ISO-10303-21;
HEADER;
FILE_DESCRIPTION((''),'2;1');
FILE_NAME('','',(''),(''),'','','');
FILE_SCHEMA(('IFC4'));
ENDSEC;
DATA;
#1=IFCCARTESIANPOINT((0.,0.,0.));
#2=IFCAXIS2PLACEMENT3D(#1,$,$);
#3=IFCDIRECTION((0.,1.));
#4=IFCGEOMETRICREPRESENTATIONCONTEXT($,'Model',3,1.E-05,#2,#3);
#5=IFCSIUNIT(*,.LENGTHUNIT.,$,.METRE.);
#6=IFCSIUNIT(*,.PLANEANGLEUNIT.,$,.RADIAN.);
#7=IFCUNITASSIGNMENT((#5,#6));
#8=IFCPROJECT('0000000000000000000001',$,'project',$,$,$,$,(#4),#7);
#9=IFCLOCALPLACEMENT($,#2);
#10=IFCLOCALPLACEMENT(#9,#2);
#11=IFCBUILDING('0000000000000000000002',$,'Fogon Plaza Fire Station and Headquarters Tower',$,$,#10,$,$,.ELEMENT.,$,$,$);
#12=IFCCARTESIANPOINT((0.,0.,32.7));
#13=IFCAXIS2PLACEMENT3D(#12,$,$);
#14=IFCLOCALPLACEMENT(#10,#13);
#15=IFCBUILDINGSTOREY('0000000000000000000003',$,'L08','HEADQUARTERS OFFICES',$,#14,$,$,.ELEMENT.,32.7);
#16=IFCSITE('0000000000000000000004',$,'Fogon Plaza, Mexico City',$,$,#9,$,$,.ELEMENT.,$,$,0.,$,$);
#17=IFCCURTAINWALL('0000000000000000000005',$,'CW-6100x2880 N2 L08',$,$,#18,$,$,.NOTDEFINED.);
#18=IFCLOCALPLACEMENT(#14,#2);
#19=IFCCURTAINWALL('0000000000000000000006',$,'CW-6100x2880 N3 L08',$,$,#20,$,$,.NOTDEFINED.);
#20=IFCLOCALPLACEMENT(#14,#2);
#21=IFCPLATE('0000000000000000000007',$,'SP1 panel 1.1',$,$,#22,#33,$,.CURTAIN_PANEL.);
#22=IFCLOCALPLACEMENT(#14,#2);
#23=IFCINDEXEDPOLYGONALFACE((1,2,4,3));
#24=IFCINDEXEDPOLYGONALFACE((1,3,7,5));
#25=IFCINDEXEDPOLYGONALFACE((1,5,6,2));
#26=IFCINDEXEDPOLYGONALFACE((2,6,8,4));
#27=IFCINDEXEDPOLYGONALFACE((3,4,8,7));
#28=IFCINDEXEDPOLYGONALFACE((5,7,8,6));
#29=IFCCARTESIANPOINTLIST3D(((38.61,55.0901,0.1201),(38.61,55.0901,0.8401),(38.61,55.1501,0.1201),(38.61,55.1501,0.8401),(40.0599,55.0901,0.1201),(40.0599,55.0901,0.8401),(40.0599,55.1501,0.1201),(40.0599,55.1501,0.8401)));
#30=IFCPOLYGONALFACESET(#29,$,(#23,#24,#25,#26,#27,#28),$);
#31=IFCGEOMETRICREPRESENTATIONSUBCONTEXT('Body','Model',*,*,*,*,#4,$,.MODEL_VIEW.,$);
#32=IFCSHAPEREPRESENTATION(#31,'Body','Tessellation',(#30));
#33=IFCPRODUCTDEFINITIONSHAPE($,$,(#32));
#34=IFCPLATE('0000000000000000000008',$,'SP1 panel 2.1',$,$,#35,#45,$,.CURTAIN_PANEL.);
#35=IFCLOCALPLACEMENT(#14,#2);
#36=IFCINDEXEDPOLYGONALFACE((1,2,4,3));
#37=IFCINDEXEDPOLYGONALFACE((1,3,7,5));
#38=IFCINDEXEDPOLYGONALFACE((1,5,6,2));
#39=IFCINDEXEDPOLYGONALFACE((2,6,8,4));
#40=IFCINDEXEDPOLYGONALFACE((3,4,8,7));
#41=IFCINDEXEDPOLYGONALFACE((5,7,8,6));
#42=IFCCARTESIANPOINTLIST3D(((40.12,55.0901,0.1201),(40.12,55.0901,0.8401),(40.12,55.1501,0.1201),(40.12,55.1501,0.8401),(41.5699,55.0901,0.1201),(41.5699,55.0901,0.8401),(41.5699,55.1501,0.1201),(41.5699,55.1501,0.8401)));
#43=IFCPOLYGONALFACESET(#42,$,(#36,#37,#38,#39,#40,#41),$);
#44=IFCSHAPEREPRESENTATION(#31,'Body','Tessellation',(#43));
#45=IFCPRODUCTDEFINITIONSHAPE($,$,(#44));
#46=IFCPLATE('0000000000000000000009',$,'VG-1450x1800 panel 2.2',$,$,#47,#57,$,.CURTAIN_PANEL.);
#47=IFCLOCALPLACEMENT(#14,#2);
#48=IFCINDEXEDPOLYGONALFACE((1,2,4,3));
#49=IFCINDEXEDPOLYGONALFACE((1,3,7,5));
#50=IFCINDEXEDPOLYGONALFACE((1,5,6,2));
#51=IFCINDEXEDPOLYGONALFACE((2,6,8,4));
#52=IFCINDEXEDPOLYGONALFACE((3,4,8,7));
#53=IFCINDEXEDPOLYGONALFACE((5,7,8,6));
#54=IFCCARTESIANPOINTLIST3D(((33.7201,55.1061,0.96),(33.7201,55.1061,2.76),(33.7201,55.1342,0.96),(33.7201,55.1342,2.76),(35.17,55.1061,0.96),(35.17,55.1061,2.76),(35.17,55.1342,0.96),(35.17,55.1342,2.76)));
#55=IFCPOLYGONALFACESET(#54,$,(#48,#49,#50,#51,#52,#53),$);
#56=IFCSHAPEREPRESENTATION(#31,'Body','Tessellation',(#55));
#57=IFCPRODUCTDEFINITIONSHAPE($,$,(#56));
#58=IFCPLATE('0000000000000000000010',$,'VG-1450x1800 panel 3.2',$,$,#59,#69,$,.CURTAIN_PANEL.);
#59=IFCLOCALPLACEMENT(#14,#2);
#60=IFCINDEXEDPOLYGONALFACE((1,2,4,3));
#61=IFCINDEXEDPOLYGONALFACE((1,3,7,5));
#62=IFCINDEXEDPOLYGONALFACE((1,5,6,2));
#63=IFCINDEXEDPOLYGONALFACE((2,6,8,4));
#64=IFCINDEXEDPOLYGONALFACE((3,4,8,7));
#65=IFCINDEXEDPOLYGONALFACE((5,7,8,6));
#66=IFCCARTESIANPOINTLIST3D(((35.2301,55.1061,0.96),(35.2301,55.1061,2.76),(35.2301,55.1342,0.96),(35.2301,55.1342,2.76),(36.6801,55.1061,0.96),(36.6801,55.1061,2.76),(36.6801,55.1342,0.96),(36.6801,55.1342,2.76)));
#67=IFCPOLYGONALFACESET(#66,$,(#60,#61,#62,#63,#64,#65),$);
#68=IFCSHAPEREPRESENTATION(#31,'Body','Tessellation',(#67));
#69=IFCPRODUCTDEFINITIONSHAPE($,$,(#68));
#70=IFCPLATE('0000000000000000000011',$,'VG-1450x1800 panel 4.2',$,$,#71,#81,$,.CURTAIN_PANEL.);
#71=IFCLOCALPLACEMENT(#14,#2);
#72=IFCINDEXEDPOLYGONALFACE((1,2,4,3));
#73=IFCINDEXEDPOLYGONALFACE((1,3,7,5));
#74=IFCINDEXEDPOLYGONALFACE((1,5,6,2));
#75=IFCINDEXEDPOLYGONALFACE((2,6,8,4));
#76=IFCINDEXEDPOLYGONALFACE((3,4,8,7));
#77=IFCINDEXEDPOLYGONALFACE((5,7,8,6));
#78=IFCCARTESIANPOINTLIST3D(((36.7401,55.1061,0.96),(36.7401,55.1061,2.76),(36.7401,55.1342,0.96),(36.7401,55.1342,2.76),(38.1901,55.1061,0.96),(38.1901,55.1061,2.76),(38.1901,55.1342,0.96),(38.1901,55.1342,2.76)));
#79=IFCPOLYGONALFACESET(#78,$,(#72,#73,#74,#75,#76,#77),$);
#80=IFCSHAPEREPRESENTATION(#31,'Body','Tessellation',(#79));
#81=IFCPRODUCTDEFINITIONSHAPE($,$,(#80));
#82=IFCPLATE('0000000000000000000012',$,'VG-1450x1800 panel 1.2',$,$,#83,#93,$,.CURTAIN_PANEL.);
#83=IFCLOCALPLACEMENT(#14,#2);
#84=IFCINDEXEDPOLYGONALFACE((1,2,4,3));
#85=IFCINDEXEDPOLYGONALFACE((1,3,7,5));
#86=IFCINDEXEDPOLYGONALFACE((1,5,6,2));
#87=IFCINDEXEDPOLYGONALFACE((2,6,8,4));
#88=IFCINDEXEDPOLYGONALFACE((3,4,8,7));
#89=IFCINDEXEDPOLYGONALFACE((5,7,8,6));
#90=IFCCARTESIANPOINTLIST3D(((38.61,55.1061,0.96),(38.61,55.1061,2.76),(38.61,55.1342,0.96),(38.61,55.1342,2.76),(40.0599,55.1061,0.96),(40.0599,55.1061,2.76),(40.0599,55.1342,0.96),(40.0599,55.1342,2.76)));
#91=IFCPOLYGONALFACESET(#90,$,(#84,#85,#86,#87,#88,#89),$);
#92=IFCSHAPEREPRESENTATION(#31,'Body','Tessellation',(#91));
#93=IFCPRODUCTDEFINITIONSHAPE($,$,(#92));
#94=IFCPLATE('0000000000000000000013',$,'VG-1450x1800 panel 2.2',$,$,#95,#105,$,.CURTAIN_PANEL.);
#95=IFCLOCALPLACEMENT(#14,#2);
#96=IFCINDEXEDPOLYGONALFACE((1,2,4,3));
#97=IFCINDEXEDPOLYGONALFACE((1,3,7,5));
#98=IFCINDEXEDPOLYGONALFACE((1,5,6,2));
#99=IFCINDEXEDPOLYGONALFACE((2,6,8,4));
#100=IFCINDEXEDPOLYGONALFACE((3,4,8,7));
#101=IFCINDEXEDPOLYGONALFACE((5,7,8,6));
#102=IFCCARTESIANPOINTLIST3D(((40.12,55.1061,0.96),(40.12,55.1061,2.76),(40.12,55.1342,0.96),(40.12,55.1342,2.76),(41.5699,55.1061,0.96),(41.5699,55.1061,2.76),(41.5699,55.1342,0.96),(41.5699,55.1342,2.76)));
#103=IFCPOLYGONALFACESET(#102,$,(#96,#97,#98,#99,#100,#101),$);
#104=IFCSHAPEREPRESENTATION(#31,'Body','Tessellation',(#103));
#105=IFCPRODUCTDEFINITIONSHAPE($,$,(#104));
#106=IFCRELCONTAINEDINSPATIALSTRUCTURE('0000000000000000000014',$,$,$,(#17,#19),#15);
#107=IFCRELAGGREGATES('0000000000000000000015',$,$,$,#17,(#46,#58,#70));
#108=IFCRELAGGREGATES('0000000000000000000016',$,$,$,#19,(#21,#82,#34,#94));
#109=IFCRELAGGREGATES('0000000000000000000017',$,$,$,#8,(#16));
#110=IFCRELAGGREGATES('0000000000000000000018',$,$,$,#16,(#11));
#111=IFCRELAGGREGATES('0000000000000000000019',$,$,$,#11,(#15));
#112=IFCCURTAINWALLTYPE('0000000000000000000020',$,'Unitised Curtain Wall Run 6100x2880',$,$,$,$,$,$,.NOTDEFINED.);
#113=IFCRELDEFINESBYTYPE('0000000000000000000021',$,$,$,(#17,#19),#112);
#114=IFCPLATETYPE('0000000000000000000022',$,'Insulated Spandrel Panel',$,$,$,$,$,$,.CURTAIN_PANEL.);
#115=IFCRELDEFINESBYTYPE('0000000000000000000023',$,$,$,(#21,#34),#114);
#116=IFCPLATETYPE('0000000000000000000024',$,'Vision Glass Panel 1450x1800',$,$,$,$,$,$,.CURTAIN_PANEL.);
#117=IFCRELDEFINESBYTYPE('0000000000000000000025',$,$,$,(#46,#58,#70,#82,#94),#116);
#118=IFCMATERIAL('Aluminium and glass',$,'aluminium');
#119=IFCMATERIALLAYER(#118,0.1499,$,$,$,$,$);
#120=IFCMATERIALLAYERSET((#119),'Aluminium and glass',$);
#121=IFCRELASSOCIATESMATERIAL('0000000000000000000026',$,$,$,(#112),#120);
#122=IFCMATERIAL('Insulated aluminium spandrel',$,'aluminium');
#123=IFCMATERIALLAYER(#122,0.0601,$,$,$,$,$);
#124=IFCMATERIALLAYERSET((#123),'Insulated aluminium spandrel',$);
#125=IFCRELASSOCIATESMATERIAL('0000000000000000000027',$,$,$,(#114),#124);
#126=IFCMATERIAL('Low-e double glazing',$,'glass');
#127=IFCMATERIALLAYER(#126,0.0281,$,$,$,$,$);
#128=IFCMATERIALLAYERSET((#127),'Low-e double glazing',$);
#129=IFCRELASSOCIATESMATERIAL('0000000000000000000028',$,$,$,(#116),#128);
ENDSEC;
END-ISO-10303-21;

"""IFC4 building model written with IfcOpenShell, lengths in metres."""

from ifc_helpers import new_model, si_unit, direction, frame, origin, origin_2d, place, context, subcontext, project, spatial, rectangle, extrude, material, layer, layer_set, type_object, element, aggregate, save


model = new_model("IFC4")

# Units and contexts
model_context = context("Model", 3, precision=1e-05, world=origin(), true_north=direction((0.0, 1.0)))
body_context = subcontext(model_context, "Body", "Model", "MODEL_VIEW")
ifc_project = project(units=[si_unit("LENGTHUNIT", "METRE"), si_unit("PLANEANGLEUNIT", "RADIAN")], contexts=[model_context])

# Site, building, storey
site_placement = place(None, origin())
site = spatial("IfcSite", under=ifc_project, at=site_placement, Name="Fogon Plaza, Mexico City", CompositionType="ELEMENT", RefElevation=0.0)
building_placement = place(site_placement, origin())
building = spatial("IfcBuilding", under=site, at=building_placement, Name="Fogon Plaza Fire Station and Headquarters Tower", CompositionType="ELEMENT")
storey_placement = place(building_placement, frame((0.0, 0.0, 32.7)))
storey = spatial("IfcBuildingStorey", under=building, at=storey_placement, Name="L08", Description="HEADQUARTERS OFFICES", CompositionType="ELEMENT", Elevation=32.7)

# Curtain walls
ifc_material_1 = material(Name="Aluminium and glass", Category="aluminium")
ifc_layer_1 = layer(ifc_material_1, 0.1499)
ifc_layer_set_1 = layer_set([ifc_layer_1], Name="Aluminium and glass")
curtain_wall_type = type_object("IfcCurtainWallType", Name="Unitised Curtain Wall Run 6100x2880", PredefinedType="NOTDEFINED", material=ifc_layer_set_1)
curtain_wall_1_placement = place(storey_placement, origin())
curtain_wall_1 = element("IfcCurtainWall", 1, at=curtain_wall_1_placement, inside=storey, type_object=curtain_wall_type, Name="CW-6100x2880 N2 L08", PredefinedType="NOTDEFINED")
curtain_wall_2_placement = place(storey_placement, origin())
curtain_wall_2 = element("IfcCurtainWall", 2, at=curtain_wall_2_placement, inside=storey, type_object=curtain_wall_type, Name="CW-6100x2880 N3 L08", PredefinedType="NOTDEFINED")

# Plates
ifc_material_2 = material(Name="Insulated aluminium spandrel", Category="aluminium")
ifc_layer_2 = layer(ifc_material_2, 0.0601)
ifc_layer_set_2 = layer_set([ifc_layer_2], Name="Insulated aluminium spandrel")
plate_type_1 = type_object("IfcPlateType", Name="Insulated Spandrel Panel", PredefinedType="CURTAIN_PANEL", material=ifc_layer_set_2)
plate_1_placement = place(storey_placement, frame((39.335, 55.1201, 0.1201), z_axis=(0.0, 0.0, 1.0), x_axis=(1.0, 0.0, 0.0)))
plate_1 = element("IfcPlate", 3, at=plate_1_placement, type_object=plate_type_1, Name="SP1 panel 1.1", PredefinedType="CURTAIN_PANEL", context=body_context, shape_type="SweptSolid", body=[
    extrude(rectangle(XDim=1.45, YDim=0.0601, at=origin_2d()), origin(), (0.0, 0.0, 1.0), 0.72),
])
plate_2_placement = place(storey_placement, frame((40.845, 55.1201, 0.1201), z_axis=(0.0, 0.0, 1.0), x_axis=(1.0, 0.0, 0.0)))
plate_2 = element("IfcPlate", 4, at=plate_2_placement, type_object=plate_type_1, Name="SP1 panel 2.1", PredefinedType="CURTAIN_PANEL", context=body_context, shape_type="SweptSolid", body=[
    extrude(rectangle(XDim=1.45, YDim=0.0601, at=origin_2d()), origin(), (0.0, 0.0, 1.0), 0.72),
])
ifc_material_3 = material(Name="Low-e double glazing", Category="glass")
ifc_layer_3 = layer(ifc_material_3, 0.0281)
ifc_layer_set_3 = layer_set([ifc_layer_3], Name="Low-e double glazing")
plate_type_2 = type_object("IfcPlateType", Name="Vision Glass Panel 1450x1800", PredefinedType="CURTAIN_PANEL", material=ifc_layer_set_3)
plate_3_placement = place(storey_placement, frame((34.4451, 55.1201, 0.96), z_axis=(0.0, 0.0, 1.0), x_axis=(1.0, 0.0, 0.0)))
plate_3 = element("IfcPlate", 5, at=plate_3_placement, type_object=plate_type_2, Name="VG-1450x1800 panel 2.2", PredefinedType="CURTAIN_PANEL", context=body_context, shape_type="SweptSolid", body=[
    extrude(rectangle(XDim=1.45, YDim=0.0281, at=origin_2d()), origin(), (0.0, 0.0, 1.0), 1.8),
])
plate_4_placement = place(storey_placement, frame((35.9551, 55.1201, 0.96), z_axis=(0.0, 0.0, 1.0), x_axis=(1.0, 0.0, 0.0)))
plate_4 = element("IfcPlate", 6, at=plate_4_placement, type_object=plate_type_2, Name="VG-1450x1800 panel 3.2", PredefinedType="CURTAIN_PANEL", context=body_context, shape_type="SweptSolid", body=[
    extrude(rectangle(XDim=1.45, YDim=0.0281, at=origin_2d()), origin(), (0.0, 0.0, 1.0), 1.8),
])
plate_5_placement = place(storey_placement, frame((37.4651, 55.1201, 0.96), z_axis=(0.0, 0.0, 1.0), x_axis=(1.0, 0.0, 0.0)))
plate_5 = element("IfcPlate", 7, at=plate_5_placement, type_object=plate_type_2, Name="VG-1450x1800 panel 4.2", PredefinedType="CURTAIN_PANEL", context=body_context, shape_type="SweptSolid", body=[
    extrude(rectangle(XDim=1.45, YDim=0.0281, at=origin_2d()), origin(), (0.0, 0.0, 1.0), 1.8),
])
aggregate(curtain_wall_1, [plate_3, plate_4, plate_5])
plate_6_placement = place(storey_placement, frame((39.335, 55.1201, 0.96), z_axis=(0.0, 0.0, 1.0), x_axis=(1.0, 0.0, 0.0)))
plate_6 = element("IfcPlate", 8, at=plate_6_placement, type_object=plate_type_2, Name="VG-1450x1800 panel 1.2", PredefinedType="CURTAIN_PANEL", context=body_context, shape_type="SweptSolid", body=[
    extrude(rectangle(XDim=1.45, YDim=0.0281, at=origin_2d()), origin(), (0.0, 0.0, 1.0), 1.8),
])
plate_7_placement = place(storey_placement, frame((40.845, 55.1201, 0.96), z_axis=(0.0, 0.0, 1.0), x_axis=(1.0, 0.0, 0.0)))
plate_7 = element("IfcPlate", 9, at=plate_7_placement, type_object=plate_type_2, Name="VG-1450x1800 panel 2.2", PredefinedType="CURTAIN_PANEL", context=body_context, shape_type="SweptSolid", body=[
    extrude(rectangle(XDim=1.45, YDim=0.0281, at=origin_2d()), origin(), (0.0, 0.0, 1.0), 1.8),
])
aggregate(curtain_wall_2, [plate_1, plate_6, plate_2, plate_7])

save(model, "model.ifc")
